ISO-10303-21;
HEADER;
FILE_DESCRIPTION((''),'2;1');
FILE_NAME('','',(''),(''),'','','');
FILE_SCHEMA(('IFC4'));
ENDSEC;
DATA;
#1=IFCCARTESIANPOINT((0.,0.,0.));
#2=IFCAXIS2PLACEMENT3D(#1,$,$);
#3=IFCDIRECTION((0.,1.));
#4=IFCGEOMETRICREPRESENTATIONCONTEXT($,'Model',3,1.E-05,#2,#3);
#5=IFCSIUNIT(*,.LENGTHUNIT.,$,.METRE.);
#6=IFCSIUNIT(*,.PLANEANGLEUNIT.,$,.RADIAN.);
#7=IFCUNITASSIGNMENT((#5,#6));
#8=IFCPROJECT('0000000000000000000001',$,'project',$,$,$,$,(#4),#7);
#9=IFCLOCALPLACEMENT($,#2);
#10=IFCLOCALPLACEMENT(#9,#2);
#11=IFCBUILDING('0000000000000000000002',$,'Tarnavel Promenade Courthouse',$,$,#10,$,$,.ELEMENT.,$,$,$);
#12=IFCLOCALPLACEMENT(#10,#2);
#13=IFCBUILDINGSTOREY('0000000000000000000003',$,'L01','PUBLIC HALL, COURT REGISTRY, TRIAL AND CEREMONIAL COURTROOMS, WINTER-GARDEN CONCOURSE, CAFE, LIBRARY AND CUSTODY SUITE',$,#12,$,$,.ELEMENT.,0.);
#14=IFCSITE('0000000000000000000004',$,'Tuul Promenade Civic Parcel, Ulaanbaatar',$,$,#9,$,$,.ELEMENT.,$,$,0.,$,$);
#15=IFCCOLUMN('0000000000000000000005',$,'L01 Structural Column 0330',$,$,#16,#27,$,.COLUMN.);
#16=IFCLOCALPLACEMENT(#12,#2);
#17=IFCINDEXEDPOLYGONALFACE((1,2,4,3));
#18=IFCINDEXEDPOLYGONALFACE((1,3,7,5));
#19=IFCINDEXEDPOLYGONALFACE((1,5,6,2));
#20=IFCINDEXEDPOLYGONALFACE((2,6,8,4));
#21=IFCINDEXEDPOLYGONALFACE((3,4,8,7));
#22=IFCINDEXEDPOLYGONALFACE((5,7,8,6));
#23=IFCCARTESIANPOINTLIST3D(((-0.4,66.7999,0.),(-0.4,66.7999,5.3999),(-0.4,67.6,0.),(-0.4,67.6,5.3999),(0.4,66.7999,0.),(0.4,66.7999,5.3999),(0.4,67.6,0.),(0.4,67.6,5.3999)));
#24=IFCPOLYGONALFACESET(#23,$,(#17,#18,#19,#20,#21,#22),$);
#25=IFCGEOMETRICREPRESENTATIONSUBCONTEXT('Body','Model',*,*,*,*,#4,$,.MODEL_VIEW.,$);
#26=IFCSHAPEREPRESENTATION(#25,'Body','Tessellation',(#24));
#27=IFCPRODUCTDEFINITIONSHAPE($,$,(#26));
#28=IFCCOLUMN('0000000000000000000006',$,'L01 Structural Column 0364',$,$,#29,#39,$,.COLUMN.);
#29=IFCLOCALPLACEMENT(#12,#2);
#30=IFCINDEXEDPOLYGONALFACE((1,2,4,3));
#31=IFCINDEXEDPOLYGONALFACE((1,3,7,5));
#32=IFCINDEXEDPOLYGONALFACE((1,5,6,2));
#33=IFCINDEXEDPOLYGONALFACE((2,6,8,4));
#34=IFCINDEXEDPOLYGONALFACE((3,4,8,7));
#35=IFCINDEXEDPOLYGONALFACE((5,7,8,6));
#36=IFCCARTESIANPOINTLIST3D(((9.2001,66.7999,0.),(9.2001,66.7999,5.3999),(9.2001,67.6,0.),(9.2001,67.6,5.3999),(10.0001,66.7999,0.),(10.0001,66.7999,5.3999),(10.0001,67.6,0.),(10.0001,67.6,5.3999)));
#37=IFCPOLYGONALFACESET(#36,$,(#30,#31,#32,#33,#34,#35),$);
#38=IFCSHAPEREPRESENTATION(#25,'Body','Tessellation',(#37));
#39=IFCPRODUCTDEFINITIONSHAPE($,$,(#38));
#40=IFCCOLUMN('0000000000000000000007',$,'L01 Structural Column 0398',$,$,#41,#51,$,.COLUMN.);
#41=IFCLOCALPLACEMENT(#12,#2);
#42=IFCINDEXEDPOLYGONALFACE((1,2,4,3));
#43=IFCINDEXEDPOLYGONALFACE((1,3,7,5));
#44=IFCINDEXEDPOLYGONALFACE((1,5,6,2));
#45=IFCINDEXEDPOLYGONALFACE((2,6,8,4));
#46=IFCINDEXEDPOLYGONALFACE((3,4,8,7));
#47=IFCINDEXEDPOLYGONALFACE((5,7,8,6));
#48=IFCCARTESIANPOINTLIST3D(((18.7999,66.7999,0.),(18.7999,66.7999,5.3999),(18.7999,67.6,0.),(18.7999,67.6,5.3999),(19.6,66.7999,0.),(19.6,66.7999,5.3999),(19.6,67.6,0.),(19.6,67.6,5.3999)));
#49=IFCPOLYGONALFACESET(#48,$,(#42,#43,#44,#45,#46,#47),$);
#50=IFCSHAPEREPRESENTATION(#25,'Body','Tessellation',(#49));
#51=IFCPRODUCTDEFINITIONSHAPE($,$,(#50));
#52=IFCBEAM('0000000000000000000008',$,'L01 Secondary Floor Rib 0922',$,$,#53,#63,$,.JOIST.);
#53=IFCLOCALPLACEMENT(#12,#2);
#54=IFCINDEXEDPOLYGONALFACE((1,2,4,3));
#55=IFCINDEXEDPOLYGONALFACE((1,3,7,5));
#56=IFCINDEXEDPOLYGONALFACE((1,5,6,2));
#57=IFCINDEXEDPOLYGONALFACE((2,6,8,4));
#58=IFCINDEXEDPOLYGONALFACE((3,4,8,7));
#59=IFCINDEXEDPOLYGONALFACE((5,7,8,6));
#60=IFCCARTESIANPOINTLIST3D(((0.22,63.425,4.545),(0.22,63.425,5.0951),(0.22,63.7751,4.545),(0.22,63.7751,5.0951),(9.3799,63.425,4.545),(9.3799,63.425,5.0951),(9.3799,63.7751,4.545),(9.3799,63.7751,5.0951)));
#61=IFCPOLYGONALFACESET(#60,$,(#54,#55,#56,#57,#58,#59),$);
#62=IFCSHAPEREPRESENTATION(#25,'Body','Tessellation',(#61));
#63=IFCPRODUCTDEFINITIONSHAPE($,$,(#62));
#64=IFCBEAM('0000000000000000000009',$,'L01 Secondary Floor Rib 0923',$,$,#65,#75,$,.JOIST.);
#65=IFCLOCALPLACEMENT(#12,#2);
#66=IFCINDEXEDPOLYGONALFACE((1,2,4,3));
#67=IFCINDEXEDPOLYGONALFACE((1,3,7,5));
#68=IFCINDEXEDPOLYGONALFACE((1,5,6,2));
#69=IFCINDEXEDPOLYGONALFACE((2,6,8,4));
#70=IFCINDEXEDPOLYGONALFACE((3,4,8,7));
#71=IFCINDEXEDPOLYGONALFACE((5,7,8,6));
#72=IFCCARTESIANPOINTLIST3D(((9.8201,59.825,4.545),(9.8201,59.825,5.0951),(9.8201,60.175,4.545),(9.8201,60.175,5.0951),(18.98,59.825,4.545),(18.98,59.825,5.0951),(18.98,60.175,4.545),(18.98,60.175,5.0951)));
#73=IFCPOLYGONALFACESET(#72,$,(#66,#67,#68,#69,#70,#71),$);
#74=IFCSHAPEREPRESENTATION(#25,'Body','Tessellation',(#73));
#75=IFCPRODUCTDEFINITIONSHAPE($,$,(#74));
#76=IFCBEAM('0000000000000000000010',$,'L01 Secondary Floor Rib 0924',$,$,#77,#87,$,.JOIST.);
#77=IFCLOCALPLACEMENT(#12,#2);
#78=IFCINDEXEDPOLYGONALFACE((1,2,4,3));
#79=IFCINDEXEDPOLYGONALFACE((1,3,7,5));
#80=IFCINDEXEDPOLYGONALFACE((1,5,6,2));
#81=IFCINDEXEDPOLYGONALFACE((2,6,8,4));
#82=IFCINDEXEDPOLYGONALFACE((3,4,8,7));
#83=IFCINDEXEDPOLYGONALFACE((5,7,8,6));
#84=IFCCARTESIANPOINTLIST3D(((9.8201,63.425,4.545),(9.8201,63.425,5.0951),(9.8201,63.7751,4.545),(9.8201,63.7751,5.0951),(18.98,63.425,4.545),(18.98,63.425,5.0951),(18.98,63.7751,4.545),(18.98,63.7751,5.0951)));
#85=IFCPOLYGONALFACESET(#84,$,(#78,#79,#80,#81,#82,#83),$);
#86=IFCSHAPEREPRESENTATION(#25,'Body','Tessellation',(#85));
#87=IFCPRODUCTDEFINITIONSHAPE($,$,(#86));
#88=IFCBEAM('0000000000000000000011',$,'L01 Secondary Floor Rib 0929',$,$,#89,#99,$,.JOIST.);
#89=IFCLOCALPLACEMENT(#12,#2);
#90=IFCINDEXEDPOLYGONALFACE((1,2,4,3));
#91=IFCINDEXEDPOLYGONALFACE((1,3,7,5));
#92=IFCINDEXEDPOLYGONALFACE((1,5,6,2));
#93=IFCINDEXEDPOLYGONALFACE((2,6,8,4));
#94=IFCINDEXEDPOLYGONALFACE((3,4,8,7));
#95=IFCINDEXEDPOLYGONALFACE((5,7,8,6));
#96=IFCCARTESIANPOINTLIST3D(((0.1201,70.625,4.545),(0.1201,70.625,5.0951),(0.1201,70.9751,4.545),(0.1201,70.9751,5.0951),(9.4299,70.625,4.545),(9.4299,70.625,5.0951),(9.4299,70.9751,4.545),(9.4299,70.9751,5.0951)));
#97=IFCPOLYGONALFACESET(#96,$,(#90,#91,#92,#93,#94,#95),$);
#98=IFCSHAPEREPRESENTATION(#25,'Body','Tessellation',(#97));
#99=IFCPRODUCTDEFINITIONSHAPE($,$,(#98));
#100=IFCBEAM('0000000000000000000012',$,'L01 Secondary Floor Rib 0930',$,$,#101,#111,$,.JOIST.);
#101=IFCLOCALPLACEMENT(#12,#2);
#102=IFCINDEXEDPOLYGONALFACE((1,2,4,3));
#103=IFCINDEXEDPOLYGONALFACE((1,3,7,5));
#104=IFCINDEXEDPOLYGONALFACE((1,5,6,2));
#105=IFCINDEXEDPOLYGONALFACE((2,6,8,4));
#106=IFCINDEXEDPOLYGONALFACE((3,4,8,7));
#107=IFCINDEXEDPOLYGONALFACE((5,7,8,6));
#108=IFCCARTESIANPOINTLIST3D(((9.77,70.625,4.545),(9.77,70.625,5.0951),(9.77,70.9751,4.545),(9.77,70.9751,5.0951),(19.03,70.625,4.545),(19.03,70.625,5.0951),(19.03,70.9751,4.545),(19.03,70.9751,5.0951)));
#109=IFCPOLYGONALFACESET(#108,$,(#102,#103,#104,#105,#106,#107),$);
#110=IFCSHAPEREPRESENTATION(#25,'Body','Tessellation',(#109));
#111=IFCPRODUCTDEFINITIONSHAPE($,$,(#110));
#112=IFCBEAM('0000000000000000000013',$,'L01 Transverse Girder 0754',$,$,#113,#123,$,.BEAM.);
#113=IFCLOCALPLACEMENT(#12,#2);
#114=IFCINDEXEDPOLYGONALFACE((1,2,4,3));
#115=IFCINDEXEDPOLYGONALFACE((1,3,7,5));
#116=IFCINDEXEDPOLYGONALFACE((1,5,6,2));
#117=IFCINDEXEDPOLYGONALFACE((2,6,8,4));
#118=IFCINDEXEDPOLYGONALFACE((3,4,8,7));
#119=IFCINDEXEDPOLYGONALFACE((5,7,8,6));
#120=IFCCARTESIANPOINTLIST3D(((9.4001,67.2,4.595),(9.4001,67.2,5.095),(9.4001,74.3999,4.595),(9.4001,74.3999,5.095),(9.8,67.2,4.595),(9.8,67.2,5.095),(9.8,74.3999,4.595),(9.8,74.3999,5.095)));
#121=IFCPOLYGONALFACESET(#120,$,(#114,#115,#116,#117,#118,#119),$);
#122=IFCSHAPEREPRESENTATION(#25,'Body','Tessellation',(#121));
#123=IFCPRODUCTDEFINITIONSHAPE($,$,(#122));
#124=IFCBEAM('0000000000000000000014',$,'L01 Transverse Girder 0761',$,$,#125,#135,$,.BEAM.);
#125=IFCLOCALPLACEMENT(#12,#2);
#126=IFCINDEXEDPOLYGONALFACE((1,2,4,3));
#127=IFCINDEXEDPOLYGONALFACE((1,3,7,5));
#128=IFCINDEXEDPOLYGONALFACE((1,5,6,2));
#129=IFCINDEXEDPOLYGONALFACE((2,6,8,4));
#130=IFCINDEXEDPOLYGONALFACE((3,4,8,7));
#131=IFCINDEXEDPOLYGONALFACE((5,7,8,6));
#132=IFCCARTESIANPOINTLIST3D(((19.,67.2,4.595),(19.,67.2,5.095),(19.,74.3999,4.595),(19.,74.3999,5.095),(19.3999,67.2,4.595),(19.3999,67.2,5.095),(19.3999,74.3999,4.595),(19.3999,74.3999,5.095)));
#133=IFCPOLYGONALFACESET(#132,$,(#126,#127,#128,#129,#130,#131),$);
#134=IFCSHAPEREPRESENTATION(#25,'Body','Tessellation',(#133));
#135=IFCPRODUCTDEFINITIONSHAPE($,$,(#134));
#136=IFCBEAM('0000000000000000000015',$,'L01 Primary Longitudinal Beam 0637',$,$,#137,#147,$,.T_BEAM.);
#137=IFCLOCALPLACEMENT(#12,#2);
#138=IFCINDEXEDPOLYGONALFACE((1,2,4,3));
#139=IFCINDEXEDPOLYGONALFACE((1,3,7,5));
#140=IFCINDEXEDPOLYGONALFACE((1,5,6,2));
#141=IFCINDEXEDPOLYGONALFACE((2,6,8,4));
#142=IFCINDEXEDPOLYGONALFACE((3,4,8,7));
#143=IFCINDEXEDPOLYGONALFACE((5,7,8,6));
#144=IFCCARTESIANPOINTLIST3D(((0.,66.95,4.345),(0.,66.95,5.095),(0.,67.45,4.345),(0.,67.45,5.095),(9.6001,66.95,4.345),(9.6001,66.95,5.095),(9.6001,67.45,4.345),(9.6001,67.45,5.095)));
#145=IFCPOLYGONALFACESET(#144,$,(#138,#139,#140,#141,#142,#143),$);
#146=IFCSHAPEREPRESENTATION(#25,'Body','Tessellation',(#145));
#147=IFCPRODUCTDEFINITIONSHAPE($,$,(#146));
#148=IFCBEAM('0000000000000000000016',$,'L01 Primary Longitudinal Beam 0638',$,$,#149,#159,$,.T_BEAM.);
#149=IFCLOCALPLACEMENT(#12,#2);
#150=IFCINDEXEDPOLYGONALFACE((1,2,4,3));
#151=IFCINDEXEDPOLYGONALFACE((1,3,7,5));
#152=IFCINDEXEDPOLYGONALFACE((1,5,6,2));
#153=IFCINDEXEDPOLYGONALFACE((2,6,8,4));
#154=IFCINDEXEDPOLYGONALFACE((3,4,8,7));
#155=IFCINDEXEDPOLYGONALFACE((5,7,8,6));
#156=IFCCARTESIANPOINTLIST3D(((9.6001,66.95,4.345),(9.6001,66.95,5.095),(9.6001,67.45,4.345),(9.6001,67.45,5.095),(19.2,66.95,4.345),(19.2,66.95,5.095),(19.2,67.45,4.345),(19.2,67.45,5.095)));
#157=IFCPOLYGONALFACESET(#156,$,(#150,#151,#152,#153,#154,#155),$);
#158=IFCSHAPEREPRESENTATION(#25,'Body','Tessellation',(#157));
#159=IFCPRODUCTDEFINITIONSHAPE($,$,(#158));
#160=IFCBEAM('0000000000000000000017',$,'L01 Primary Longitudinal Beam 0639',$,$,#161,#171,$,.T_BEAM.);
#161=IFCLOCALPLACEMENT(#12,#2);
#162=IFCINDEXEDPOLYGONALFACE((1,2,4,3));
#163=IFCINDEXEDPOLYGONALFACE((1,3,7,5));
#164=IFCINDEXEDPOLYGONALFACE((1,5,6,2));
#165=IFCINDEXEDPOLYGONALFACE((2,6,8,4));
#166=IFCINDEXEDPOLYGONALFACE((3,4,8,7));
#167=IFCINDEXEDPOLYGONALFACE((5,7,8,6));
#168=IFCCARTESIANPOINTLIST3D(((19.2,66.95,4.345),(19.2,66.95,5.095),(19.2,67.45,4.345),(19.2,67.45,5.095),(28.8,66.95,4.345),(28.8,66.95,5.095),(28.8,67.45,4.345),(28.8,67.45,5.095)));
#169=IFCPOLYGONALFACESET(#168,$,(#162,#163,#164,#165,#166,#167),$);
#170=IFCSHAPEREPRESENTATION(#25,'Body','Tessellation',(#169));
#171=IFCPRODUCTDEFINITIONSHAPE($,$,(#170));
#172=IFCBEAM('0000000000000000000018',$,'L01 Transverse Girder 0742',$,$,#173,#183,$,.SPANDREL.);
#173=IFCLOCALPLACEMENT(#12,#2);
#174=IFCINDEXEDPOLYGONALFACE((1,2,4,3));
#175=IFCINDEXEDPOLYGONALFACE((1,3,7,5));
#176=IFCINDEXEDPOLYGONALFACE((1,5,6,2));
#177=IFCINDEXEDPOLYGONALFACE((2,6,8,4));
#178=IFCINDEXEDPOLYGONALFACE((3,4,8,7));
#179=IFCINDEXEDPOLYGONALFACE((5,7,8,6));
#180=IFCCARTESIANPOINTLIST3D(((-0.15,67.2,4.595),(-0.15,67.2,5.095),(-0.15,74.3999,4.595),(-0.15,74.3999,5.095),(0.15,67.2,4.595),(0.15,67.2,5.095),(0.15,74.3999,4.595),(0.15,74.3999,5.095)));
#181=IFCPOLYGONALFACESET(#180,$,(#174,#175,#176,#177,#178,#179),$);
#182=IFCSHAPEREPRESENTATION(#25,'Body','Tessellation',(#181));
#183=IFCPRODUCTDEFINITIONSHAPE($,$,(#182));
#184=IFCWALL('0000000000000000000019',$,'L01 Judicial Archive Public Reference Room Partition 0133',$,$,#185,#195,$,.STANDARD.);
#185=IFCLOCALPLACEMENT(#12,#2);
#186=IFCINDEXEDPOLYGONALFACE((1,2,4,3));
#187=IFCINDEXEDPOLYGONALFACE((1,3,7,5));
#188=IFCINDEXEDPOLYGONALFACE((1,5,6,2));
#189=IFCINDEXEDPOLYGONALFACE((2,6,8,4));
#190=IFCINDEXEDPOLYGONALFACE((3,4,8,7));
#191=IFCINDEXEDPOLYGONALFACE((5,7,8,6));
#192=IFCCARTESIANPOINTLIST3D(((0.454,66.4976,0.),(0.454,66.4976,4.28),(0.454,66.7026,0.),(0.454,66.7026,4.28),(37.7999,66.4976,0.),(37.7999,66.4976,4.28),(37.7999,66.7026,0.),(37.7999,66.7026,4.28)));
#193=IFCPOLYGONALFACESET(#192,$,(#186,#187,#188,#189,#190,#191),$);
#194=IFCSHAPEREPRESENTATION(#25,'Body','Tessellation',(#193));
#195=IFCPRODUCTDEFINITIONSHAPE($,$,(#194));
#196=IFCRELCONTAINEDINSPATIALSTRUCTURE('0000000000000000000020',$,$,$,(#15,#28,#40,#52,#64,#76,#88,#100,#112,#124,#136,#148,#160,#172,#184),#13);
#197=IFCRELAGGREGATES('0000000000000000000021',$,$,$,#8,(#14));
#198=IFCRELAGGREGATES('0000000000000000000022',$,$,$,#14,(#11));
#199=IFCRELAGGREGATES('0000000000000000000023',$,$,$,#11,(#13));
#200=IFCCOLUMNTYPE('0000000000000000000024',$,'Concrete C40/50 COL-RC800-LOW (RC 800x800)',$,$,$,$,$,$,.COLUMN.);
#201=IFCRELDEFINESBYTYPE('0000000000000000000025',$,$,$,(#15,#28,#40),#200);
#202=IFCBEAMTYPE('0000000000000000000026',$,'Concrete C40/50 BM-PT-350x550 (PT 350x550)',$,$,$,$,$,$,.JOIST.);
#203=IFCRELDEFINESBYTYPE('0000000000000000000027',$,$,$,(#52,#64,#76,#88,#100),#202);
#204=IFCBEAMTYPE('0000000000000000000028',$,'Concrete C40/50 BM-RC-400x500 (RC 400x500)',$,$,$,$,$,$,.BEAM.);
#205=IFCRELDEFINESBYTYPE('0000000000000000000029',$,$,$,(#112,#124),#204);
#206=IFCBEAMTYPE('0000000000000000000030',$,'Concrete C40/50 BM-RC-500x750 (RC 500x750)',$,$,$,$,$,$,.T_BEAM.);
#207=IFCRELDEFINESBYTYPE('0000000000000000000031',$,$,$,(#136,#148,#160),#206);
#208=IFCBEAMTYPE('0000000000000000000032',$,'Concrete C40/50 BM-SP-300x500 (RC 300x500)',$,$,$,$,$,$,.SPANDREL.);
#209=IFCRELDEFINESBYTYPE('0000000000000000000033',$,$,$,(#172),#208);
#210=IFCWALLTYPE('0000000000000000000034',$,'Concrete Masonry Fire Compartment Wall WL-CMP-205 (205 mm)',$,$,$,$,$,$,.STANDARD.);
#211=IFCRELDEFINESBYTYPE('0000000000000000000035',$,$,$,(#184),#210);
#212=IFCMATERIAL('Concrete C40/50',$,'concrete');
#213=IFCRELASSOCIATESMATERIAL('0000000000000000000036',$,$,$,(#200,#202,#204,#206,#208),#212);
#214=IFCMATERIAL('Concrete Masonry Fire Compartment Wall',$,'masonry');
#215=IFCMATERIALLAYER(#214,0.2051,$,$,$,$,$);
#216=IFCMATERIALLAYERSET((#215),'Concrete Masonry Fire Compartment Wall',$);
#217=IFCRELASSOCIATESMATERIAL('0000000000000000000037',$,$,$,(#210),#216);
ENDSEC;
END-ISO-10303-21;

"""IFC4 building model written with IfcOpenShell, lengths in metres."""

from ifc_helpers import new_model, si_unit, direction, frame, frame_2d, origin, origin_2d, place, context, subcontext, project, spatial, rectangle, extrude, material, layer, layer_set, material_profile, profile_set, type_object, element, save


model = new_model("IFC4")

# Units and contexts
model_context = context("Model", 3, precision=1e-05, world=origin(), true_north=direction((0.0, 1.0)))
body_context = subcontext(model_context, "Body", "Model", "MODEL_VIEW")
ifc_project = project(units=[si_unit("LENGTHUNIT", "METRE"), si_unit("PLANEANGLEUNIT", "RADIAN")], contexts=[model_context])

# Site, building, storey
site_placement = place(None, origin())
site = spatial("IfcSite", under=ifc_project, at=site_placement, Name="Tuul Promenade Civic Parcel, Ulaanbaatar", CompositionType="ELEMENT", RefElevation=0.0)
building_placement = place(site_placement, origin())
building = spatial("IfcBuilding", under=site, at=building_placement, Name="Tarnavel Promenade Courthouse", CompositionType="ELEMENT")
storey_placement = place(building_placement, origin())
storey = spatial("IfcBuildingStorey", under=building, at=storey_placement, Name="L01", Description="PUBLIC HALL, COURT REGISTRY, TRIAL AND CEREMONIAL COURTROOMS, WINTER-GARDEN CONCOURSE, CAFE, LIBRARY AND CUSTODY SUITE", CompositionType="ELEMENT", Elevation=0.0)

# Columns
ifc_material_1 = material(Name="Concrete C40/50", Category="concrete")
ifc_material_profile_1 = material_profile(ifc_material_1, rectangle(XDim=0.8, YDim=0.8, at=origin_2d()), Name="RC 800x800")
ifc_profile_set_1 = profile_set([ifc_material_profile_1], Name="Concrete C40/50")
column_type = type_object("IfcColumnType", Name="Concrete C40/50 COL-RC800-LOW (RC 800x800)", PredefinedType="COLUMN", material=ifc_profile_set_1)
for number, where, z_axis, x_axis, name in (
    (1, (0.0, 67.2, 0.0), (0.0, 0.0, 1.0), (1.0, 0.0, 0.0), "L01 Structural Column 0330"),
    (2, (9.6001, 67.2, 0.0), (0.0, 0.0, 1.0), (1.0, 0.0, 0.0), "L01 Structural Column 0364"),
    (3, (19.2, 67.2, 0.0), (0.0, 0.0, 1.0), (1.0, 0.0, 0.0), "L01 Structural Column 0398"),
):
    element("IfcColumn", number, at=place(storey_placement, frame(where, z_axis=z_axis, x_axis=x_axis)), inside=storey, type_object=column_type, Name=name, PredefinedType="COLUMN", context=body_context, shape_type="SweptSolid", body=[
        extrude(rectangle(XDim=0.8, YDim=0.8, at=origin_2d()), origin(), (0.0, 0.0, 1.0), 5.3999),
    ])

# Beams
ifc_material_profile_2 = material_profile(ifc_material_1, rectangle(XDim=0.3501, YDim=0.55, at=origin_2d()), Name="PT 350x550")
ifc_profile_set_2 = profile_set([ifc_material_profile_2], Name="Concrete C40/50")
beam_type_1 = type_object("IfcBeamType", Name="Concrete C40/50 BM-PT-350x550 (PT 350x550)", PredefinedType="JOIST", material=ifc_profile_set_2)
for number, where, z_axis, x_axis, name in (
    (4, (0.22, 63.6001, 4.8201), (1.0, 0.0, 0.0), (0.0, 1.0, 0.0), "L01 Secondary Floor Rib 0922"),
    (5, (9.8201, 60.0, 4.8201), (1.0, 0.0, 0.0), (0.0, 1.0, 0.0), "L01 Secondary Floor Rib 0923"),
    (6, (9.8201, 63.6001, 4.8201), (1.0, 0.0, 0.0), (0.0, 1.0, 0.0), "L01 Secondary Floor Rib 0924"),
):
    element("IfcBeam", number, at=place(storey_placement, frame(where, z_axis=z_axis, x_axis=x_axis)), inside=storey, type_object=beam_type_1, Name=name, PredefinedType="JOIST", context=body_context, shape_type="SweptSolid", body=[
        extrude(rectangle(XDim=0.3501, YDim=0.55, at=origin_2d()), origin(), (0.0, 0.0, 1.0), 9.1599),
    ])
beam_1_placement = place(storey_placement, frame((0.1201, 70.8, 4.8201), z_axis=(1.0, 0.0, 0.0), x_axis=(0.0, 1.0, 0.0)))
element("IfcBeam", 7, at=beam_1_placement, inside=storey, type_object=beam_type_1, Name="L01 Secondary Floor Rib 0929", PredefinedType="JOIST", context=body_context, shape_type="SweptSolid", body=[
    extrude(rectangle(XDim=0.3501, YDim=0.55, at=origin_2d()), origin(), (0.0, 0.0, 1.0), 9.3098),
])
beam_2_placement = place(storey_placement, frame((9.77, 70.8, 4.8201), z_axis=(1.0, 0.0, 0.0), x_axis=(0.0, 1.0, 0.0)))
element("IfcBeam", 8, at=beam_2_placement, inside=storey, type_object=beam_type_1, Name="L01 Secondary Floor Rib 0930", PredefinedType="JOIST", context=body_context, shape_type="SweptSolid", body=[
    extrude(rectangle(XDim=0.3501, YDim=0.55, at=origin_2d()), origin(), (0.0, 0.0, 1.0), 9.26),
])
ifc_material_profile_3 = material_profile(ifc_material_1, rectangle(XDim=0.3999, YDim=0.5, at=origin_2d()), Name="RC 400x500")
ifc_profile_set_3 = profile_set([ifc_material_profile_3], Name="Concrete C40/50")
beam_type_2 = type_object("IfcBeamType", Name="Concrete C40/50 BM-RC-400x500 (RC 400x500)", PredefinedType="BEAM", material=ifc_profile_set_3)
for number, where, z_axis, x_axis, name in (
    (9, (9.6001, 67.2, 4.845), (0.0, 1.0, 0.0), (-1.0, 0.0, 0.0), "L01 Transverse Girder 0754"),
    (10, (19.2, 67.2, 4.845), (0.0, 1.0, 0.0), (-1.0, 0.0, 0.0), "L01 Transverse Girder 0761"),
):
    element("IfcBeam", number, at=place(storey_placement, frame(where, z_axis=z_axis, x_axis=x_axis)), inside=storey, type_object=beam_type_2, Name=name, PredefinedType="BEAM", context=body_context, shape_type="SweptSolid", body=[
        extrude(rectangle(XDim=0.3999, YDim=0.5, at=origin_2d()), origin(), (0.0, 0.0, 1.0), 7.2),
    ])
ifc_material_profile_4 = material_profile(ifc_material_1, rectangle(XDim=0.5, YDim=0.75, at=origin_2d()), Name="RC 500x750")
ifc_profile_set_4 = profile_set([ifc_material_profile_4], Name="Concrete C40/50")
beam_type_3 = type_object("IfcBeamType", Name="Concrete C40/50 BM-RC-500x750 (RC 500x750)", PredefinedType="T_BEAM", material=ifc_profile_set_4)
beam_3_placement = place(storey_placement, frame((0.0, 67.2, 4.72), z_axis=(1.0, 0.0, 0.0), x_axis=(0.0, 1.0, 0.0)))
element("IfcBeam", 11, at=beam_3_placement, inside=storey, type_object=beam_type_3, Name="L01 Primary Longitudinal Beam 0637", PredefinedType="T_BEAM", context=body_context, shape_type="SweptSolid", body=[
    extrude(rectangle(XDim=0.5, YDim=0.75, at=origin_2d()), origin(), (0.0, 0.0, 1.0), 9.6001),
])
beam_4_placement = place(storey_placement, frame((9.6001, 67.2, 4.72), z_axis=(1.0, 0.0, 0.0), x_axis=(0.0, 1.0, 0.0)))
element("IfcBeam", 12, at=beam_4_placement, inside=storey, type_object=beam_type_3, Name="L01 Primary Longitudinal Beam 0638", PredefinedType="T_BEAM", context=body_context, shape_type="SweptSolid", body=[
    extrude(rectangle(XDim=0.5, YDim=0.75, at=origin_2d()), origin(), (0.0, 0.0, 1.0), 9.5999),
])
beam_5_placement = place(storey_placement, frame((19.2, 67.2, 4.72), z_axis=(1.0, 0.0, 0.0), x_axis=(0.0, 1.0, 0.0)))
element("IfcBeam", 13, at=beam_5_placement, inside=storey, type_object=beam_type_3, Name="L01 Primary Longitudinal Beam 0639", PredefinedType="T_BEAM", context=body_context, shape_type="SweptSolid", body=[
    extrude(rectangle(XDim=0.5, YDim=0.75, at=origin_2d()), origin(), (0.0, 0.0, 1.0), 9.6001),
])
ifc_material_profile_5 = material_profile(ifc_material_1, rectangle(XDim=0.3, YDim=0.5, at=origin_2d()), Name="RC 300x500")
ifc_profile_set_5 = profile_set([ifc_material_profile_5], Name="Concrete C40/50")
beam_type_4 = type_object("IfcBeamType", Name="Concrete C40/50 BM-SP-300x500 (RC 300x500)", PredefinedType="SPANDREL", material=ifc_profile_set_5)
beam_6_placement = place(storey_placement, frame((0.0, 67.2, 4.845), z_axis=(0.0, 1.0, 0.0), x_axis=(-1.0, 0.0, 0.0)))
element("IfcBeam", 14, at=beam_6_placement, inside=storey, type_object=beam_type_4, Name="L01 Transverse Girder 0742", PredefinedType="SPANDREL", context=body_context, shape_type="SweptSolid", body=[
    extrude(rectangle(XDim=0.3, YDim=0.5, at=origin_2d()), origin(), (0.0, 0.0, 1.0), 7.2),
])

# Wall
ifc_material_2 = material(Name="Concrete Masonry Fire Compartment Wall", Category="masonry")
ifc_layer_1 = layer(ifc_material_2, 0.2051)
ifc_layer_set_1 = layer_set([ifc_layer_1], Name="Concrete Masonry Fire Compartment Wall")
wall_type_1 = type_object("IfcWallType", Name="Concrete Masonry Fire Compartment Wall WL-CMP-205 (205 mm)", PredefinedType="STANDARD", material=ifc_layer_set_1)
wall_1_placement = place(storey_placement, frame((0.4541, 66.6001, 0.0), z_axis=(0.0, 0.0, 1.0), x_axis=(1.0, 0.0, 0.0)))
element("IfcWall", 15, at=wall_1_placement, inside=storey, type_object=wall_type_1, Name="L01 Judicial Archive Public Reference Room Partition 0133", PredefinedType="STANDARD", context=body_context, shape_type="SweptSolid", body=[
    extrude(rectangle(XDim=37.3459, YDim=0.2051, at=frame_2d((18.6729, 0.0))), origin(), (0.0, 0.0, 1.0), 4.28),
])

save(model, "model.ifc")
